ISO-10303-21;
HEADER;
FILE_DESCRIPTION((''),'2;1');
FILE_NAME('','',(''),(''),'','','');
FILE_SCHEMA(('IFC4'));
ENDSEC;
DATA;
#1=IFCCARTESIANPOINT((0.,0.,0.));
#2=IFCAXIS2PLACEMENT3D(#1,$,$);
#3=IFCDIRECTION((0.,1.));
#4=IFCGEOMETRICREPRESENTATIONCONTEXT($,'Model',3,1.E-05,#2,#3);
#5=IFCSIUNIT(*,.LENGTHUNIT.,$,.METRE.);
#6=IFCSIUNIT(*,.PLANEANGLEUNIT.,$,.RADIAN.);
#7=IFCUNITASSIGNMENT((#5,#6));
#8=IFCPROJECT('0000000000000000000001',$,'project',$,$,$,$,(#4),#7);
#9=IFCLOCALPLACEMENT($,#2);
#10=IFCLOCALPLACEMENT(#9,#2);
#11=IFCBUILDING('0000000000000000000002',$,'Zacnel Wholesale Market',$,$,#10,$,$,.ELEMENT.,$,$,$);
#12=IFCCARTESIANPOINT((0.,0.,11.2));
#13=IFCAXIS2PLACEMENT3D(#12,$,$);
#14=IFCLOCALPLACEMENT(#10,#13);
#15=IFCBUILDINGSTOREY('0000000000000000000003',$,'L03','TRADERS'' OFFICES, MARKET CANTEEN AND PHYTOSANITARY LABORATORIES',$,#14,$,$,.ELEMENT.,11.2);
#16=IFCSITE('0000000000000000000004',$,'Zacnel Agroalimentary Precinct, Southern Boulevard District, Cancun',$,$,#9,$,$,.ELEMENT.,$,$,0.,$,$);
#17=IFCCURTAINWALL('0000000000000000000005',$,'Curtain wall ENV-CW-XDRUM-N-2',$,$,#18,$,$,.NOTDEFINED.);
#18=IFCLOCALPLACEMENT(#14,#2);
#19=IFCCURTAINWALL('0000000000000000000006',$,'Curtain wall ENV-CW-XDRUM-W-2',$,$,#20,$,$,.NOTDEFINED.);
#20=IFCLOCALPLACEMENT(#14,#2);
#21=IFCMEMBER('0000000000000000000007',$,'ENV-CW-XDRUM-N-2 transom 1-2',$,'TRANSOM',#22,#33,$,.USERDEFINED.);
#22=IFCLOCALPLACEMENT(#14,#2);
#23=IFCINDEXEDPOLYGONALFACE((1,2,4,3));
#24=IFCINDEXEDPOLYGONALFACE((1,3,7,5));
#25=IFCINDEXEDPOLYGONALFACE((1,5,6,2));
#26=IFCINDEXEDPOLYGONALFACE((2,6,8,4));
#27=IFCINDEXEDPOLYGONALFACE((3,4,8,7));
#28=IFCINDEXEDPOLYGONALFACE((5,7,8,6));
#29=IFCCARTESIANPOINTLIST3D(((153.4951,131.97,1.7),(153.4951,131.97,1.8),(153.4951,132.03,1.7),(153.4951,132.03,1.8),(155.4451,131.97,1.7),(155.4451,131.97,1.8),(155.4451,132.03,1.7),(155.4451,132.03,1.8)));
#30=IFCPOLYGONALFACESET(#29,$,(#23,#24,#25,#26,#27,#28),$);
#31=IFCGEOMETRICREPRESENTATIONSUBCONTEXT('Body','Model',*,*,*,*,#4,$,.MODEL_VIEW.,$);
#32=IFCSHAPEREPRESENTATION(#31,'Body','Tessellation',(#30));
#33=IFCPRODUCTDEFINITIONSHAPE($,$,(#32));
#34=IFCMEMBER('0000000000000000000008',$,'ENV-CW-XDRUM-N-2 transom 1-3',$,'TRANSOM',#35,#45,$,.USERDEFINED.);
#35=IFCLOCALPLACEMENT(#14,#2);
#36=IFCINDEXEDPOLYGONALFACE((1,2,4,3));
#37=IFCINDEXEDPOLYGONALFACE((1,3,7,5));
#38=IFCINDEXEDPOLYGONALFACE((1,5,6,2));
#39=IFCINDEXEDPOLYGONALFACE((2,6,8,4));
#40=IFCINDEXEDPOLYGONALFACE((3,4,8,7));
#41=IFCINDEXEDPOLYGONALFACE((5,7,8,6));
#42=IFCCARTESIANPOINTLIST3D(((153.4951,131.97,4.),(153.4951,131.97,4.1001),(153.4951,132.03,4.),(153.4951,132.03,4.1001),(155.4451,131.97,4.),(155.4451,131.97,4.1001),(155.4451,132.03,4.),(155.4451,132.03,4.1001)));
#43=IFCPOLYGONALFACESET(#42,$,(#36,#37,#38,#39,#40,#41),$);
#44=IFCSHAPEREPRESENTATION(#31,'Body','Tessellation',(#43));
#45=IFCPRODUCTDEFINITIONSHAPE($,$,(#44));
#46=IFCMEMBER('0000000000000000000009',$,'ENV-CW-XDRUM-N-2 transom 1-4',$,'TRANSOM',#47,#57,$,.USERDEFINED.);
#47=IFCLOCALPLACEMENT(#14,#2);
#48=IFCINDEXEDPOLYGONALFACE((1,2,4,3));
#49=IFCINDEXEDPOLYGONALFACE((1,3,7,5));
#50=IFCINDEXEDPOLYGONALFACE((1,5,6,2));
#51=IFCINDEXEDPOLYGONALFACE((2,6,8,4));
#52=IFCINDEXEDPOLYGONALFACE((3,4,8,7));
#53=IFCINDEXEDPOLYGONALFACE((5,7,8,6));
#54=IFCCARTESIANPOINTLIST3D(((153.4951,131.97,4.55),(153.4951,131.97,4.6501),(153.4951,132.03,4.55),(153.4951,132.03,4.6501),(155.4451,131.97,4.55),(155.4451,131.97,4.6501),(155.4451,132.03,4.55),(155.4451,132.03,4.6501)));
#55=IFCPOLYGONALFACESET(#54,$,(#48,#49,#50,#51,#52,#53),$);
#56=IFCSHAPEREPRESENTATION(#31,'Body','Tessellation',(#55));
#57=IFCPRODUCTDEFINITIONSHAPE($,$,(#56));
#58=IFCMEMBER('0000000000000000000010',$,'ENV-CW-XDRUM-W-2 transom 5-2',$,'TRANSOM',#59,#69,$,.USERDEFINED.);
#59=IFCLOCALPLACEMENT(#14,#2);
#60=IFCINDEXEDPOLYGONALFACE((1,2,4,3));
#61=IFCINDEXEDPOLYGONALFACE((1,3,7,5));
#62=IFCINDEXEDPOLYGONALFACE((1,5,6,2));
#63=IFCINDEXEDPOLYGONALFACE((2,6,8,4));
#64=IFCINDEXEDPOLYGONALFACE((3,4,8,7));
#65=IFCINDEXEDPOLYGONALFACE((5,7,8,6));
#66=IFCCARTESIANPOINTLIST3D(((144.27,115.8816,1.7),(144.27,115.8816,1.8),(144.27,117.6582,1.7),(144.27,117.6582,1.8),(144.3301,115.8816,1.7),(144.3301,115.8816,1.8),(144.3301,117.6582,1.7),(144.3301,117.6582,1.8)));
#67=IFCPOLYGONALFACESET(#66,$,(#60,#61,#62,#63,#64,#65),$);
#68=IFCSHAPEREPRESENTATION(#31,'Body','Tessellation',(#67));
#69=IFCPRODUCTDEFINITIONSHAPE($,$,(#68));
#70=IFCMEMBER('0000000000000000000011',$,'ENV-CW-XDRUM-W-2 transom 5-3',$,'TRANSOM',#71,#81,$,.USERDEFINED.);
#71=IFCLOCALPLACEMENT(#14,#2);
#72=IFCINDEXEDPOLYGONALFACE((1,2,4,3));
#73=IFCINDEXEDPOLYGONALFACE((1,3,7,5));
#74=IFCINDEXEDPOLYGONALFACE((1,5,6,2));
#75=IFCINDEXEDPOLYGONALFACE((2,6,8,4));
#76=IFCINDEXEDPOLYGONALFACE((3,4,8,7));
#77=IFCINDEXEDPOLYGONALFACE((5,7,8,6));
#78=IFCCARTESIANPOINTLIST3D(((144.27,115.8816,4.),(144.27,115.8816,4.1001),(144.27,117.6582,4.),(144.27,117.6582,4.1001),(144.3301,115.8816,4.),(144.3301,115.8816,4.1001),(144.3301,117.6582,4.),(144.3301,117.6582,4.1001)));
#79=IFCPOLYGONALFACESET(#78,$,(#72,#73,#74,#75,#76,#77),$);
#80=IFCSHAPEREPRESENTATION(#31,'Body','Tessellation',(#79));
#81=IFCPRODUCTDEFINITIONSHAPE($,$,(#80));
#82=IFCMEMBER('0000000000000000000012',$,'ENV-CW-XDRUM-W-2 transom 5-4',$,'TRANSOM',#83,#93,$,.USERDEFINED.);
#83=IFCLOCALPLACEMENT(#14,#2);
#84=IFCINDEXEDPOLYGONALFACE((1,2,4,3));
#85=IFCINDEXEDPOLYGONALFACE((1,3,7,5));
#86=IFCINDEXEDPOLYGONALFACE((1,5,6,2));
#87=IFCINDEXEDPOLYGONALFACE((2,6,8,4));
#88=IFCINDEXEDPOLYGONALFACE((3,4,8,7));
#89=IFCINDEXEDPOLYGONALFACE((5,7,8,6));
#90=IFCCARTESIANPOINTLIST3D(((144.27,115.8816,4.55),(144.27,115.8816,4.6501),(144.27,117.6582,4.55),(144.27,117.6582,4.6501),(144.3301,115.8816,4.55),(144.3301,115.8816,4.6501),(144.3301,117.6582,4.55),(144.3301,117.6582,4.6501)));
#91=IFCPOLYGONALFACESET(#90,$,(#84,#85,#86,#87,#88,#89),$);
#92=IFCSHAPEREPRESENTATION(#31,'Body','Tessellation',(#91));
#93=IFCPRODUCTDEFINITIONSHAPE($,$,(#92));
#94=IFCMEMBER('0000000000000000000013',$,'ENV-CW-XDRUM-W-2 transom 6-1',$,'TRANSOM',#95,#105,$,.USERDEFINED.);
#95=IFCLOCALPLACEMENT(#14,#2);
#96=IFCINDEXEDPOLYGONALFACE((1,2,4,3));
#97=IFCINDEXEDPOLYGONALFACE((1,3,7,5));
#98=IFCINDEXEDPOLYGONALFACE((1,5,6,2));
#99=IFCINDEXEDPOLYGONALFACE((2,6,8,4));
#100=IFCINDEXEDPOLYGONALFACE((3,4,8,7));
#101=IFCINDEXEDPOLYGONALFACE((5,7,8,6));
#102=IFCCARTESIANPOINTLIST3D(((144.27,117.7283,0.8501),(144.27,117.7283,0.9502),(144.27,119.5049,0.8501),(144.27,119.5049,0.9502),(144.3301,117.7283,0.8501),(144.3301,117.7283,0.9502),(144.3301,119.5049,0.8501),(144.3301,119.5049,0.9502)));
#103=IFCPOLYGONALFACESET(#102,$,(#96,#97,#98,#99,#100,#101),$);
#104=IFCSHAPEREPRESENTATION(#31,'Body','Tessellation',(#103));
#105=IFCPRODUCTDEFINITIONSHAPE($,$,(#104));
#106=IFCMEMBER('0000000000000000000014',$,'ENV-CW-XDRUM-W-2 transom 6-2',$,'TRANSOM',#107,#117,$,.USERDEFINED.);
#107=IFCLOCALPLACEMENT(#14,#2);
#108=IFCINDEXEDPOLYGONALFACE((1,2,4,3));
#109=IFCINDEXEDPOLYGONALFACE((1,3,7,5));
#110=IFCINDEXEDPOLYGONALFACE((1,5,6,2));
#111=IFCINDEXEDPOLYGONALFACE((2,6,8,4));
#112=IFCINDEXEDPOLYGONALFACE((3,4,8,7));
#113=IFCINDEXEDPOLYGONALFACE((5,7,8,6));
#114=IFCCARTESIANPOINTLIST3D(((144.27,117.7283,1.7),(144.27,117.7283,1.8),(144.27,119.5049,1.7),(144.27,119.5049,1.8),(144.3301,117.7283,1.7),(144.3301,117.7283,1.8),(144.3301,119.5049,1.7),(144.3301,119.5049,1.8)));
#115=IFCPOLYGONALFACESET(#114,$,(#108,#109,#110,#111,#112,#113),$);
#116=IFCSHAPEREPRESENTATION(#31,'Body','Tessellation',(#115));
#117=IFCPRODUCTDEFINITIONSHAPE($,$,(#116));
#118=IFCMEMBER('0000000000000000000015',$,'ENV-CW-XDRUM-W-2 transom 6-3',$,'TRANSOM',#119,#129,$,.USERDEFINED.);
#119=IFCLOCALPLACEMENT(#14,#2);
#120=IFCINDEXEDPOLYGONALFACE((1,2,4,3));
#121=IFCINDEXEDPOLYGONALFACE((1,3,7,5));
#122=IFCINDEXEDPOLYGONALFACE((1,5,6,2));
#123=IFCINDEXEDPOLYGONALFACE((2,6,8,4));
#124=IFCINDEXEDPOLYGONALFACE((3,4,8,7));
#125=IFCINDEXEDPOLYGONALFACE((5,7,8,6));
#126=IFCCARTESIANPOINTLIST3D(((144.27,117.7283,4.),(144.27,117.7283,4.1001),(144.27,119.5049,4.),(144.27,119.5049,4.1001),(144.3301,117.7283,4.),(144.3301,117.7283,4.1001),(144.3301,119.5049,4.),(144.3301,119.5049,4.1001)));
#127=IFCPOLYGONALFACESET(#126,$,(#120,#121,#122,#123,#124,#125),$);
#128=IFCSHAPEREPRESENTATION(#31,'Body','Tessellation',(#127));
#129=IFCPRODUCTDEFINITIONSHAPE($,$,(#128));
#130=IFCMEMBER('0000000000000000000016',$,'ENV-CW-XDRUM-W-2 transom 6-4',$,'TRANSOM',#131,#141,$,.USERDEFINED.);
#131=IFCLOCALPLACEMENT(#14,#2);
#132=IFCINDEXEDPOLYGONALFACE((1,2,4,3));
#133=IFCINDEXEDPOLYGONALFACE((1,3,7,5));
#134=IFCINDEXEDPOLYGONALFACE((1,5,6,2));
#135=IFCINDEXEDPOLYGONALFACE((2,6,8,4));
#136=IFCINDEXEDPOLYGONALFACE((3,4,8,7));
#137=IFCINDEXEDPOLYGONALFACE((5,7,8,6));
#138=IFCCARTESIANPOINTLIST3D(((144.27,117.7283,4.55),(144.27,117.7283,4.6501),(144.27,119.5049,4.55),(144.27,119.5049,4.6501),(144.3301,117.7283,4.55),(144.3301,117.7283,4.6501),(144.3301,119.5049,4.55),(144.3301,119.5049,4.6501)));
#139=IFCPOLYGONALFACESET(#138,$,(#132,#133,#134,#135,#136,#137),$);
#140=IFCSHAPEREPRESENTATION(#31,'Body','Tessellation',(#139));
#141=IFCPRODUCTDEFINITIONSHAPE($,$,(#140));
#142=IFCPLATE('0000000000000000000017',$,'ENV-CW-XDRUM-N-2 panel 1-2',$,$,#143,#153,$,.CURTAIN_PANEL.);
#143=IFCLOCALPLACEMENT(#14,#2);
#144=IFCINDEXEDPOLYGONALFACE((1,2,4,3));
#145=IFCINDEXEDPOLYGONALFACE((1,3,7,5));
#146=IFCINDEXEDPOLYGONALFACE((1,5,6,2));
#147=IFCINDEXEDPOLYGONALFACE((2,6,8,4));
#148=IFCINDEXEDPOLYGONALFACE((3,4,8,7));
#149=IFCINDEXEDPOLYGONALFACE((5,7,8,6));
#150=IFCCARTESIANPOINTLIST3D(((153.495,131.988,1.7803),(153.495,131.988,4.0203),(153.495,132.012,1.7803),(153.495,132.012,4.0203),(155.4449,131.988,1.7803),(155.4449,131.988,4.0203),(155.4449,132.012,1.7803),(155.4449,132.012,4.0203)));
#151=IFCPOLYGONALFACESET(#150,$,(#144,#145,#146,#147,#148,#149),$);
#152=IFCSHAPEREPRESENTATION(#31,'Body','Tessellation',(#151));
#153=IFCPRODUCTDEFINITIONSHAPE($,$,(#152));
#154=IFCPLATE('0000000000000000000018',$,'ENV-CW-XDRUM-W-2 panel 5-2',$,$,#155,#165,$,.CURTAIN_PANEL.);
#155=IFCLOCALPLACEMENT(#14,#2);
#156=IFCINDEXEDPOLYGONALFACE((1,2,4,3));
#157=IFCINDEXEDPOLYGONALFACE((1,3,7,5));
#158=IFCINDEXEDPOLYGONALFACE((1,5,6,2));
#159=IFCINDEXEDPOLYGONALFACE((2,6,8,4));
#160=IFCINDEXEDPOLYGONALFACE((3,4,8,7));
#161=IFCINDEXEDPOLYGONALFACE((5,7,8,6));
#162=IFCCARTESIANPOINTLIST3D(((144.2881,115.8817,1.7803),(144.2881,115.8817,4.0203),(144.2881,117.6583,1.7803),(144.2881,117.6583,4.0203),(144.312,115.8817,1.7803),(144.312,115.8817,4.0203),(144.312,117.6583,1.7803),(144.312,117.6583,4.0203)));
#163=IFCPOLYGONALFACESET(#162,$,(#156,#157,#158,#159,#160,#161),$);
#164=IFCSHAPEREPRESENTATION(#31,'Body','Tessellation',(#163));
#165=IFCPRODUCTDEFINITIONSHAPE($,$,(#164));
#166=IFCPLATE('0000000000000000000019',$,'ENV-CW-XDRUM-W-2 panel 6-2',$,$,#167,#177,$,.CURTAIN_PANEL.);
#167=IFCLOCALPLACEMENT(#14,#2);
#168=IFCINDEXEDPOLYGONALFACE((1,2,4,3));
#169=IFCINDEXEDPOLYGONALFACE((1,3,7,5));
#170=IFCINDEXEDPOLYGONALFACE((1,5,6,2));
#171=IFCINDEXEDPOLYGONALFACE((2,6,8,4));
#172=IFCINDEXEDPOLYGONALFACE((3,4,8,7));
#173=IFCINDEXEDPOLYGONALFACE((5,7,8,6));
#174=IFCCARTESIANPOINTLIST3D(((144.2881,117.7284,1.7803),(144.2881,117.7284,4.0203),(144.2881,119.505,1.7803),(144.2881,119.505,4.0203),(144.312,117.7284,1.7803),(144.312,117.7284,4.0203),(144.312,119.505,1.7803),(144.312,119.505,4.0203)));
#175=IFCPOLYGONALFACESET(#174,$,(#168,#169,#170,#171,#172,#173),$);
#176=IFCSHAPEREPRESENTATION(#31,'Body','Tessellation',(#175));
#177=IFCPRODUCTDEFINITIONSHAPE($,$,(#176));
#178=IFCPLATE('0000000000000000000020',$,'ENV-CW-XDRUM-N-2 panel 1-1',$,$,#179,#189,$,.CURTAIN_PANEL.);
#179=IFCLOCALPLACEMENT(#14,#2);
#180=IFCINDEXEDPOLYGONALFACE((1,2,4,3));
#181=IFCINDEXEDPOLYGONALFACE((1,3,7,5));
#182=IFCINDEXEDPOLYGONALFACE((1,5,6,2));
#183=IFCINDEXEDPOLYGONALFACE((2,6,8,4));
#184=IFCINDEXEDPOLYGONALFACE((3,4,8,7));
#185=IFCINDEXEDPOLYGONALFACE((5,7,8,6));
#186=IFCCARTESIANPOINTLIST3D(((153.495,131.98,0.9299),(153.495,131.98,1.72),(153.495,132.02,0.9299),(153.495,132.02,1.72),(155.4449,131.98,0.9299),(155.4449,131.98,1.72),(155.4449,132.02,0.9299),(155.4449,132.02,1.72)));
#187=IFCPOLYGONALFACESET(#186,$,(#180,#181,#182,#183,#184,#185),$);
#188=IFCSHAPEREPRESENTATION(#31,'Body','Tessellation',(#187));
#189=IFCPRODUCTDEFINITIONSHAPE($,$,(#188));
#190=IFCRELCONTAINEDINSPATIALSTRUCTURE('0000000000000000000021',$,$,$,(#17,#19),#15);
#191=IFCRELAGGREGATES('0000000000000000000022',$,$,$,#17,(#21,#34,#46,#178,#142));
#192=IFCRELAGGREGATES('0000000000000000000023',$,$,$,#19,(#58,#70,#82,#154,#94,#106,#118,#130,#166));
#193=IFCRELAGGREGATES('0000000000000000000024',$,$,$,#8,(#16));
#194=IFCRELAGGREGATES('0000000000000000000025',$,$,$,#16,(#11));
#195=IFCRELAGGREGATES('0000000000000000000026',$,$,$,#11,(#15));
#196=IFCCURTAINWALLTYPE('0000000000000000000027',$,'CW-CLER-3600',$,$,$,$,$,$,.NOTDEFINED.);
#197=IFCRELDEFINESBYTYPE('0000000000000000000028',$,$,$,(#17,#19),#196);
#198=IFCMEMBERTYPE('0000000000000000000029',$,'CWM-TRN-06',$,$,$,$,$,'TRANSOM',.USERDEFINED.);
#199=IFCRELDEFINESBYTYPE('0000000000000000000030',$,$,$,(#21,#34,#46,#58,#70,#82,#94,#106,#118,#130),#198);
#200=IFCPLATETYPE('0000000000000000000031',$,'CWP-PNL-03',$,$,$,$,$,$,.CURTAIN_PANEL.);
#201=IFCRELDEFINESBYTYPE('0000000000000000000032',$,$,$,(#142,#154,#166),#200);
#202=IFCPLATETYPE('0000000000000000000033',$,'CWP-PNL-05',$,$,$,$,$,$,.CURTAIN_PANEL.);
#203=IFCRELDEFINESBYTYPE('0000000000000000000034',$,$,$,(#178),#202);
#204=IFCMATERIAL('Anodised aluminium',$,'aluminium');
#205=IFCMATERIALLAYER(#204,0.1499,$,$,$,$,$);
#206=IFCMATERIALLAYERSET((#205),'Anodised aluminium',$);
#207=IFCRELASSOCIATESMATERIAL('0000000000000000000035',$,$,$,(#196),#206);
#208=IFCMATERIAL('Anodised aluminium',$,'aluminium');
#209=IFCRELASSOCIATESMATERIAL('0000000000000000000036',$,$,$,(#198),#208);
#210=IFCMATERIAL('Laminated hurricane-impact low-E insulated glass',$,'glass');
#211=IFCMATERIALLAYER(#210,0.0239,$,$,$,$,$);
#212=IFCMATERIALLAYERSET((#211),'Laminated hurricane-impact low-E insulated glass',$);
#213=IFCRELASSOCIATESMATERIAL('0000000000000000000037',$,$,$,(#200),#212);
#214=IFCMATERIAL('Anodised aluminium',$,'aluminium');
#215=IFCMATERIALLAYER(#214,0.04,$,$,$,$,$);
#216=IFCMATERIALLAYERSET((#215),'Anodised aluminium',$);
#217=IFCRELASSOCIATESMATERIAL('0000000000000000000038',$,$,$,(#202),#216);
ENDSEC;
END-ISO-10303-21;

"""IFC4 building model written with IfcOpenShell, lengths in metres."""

from ifc_helpers import new_model, si_unit, direction, frame, origin, origin_2d, place, context, subcontext, project, spatial, rectangle, extrude, material, layer, layer_set, material_profile, profile_set, type_object, element, aggregate, save


model = new_model("IFC4")

# Units and contexts
model_context = context("Model", 3, precision=1e-05, world=origin(), true_north=direction((0.0, 1.0)))
body_context = subcontext(model_context, "Body", "Model", "MODEL_VIEW")
ifc_project = project(units=[si_unit("LENGTHUNIT", "METRE"), si_unit("PLANEANGLEUNIT", "RADIAN")], contexts=[model_context])

# Site, building, storey
site_placement = place(None, origin())
site = spatial("IfcSite", under=ifc_project, at=site_placement, Name="Zacnel Agroalimentary Precinct, Southern Boulevard District, Cancun", CompositionType="ELEMENT", RefElevation=0.0)
building_placement = place(site_placement, origin())
building = spatial("IfcBuilding", under=site, at=building_placement, Name="Zacnel Wholesale Market", CompositionType="ELEMENT")
storey_placement = place(building_placement, frame((0.0, 0.0, 11.2)))
storey = spatial("IfcBuildingStorey", under=building, at=storey_placement, Name="L03", Description="TRADERS' OFFICES, MARKET CANTEEN AND PHYTOSANITARY LABORATORIES", CompositionType="ELEMENT", Elevation=11.2)

# Curtain wall
ifc_material_1 = material(Name="Anodised aluminium", Category="aluminium")
ifc_layer_1 = layer(ifc_material_1, 0.1499)
ifc_layer_set_1 = layer_set([ifc_layer_1], Name="Anodised aluminium")
curtain_wall_type = type_object("IfcCurtainWallType", Name="CW-CLER-3600", PredefinedType="NOTDEFINED", material=ifc_layer_set_1)
curtain_wall_1_placement = place(storey_placement, origin())
curtain_wall_1 = element("IfcCurtainWall", 1, at=curtain_wall_1_placement, inside=storey, type_object=curtain_wall_type, Name="Curtain wall ENV-CW-XDRUM-N-2", PredefinedType="NOTDEFINED")

# Curtain wall
curtain_wall_2_placement = place(storey_placement, origin())
curtain_wall_2 = element("IfcCurtainWall", 2, at=curtain_wall_2_placement, inside=storey, type_object=curtain_wall_type, Name="Curtain wall ENV-CW-XDRUM-W-2", PredefinedType="NOTDEFINED")

# Members
ifc_material_2 = material(Name="Anodised aluminium", Category="aluminium")
ifc_material_profile_1 = material_profile(ifc_material_2, rectangle(XDim=0.0601, YDim=0.1001, at=origin_2d()), Name="AW-TRANSOM 60x100")
ifc_profile_set_1 = profile_set([ifc_material_profile_1], Name="Anodised aluminium")
member_type_1 = type_object("IfcMemberType", Name="CWM-TRN-06", ElementType="TRANSOM", PredefinedType="USERDEFINED", material=ifc_profile_set_1)
member_1_placement = place(storey_placement, frame((153.4951, 132.0, 1.75), z_axis=(1.0, 0.0, 0.0), x_axis=(0.0, 1.0, 0.0)))
member_1 = element("IfcMember", 3, at=member_1_placement, type_object=member_type_1, Name="ENV-CW-XDRUM-N-2 transom 1-2", ObjectType="TRANSOM", PredefinedType="USERDEFINED", context=body_context, shape_type="SweptSolid", body=[
    extrude(rectangle(XDim=0.0601, YDim=0.1001, at=origin_2d()), origin(), (0.0, 0.0, 1.0), 1.95),
])
member_2_placement = place(storey_placement, frame((153.4951, 132.0, 4.05), z_axis=(1.0, 0.0, 0.0), x_axis=(0.0, 1.0, 0.0)))
member_2 = element("IfcMember", 4, at=member_2_placement, type_object=member_type_1, Name="ENV-CW-XDRUM-N-2 transom 1-3", ObjectType="TRANSOM", PredefinedType="USERDEFINED", context=body_context, shape_type="SweptSolid", body=[
    extrude(rectangle(XDim=0.0601, YDim=0.1001, at=origin_2d()), origin(), (0.0, 0.0, 1.0), 1.95),
])
member_3_placement = place(storey_placement, frame((153.4951, 132.0, 4.6001), z_axis=(1.0, 0.0, 0.0), x_axis=(0.0, 1.0, 0.0)))
member_3 = element("IfcMember", 5, at=member_3_placement, type_object=member_type_1, Name="ENV-CW-XDRUM-N-2 transom 1-4", ObjectType="TRANSOM", PredefinedType="USERDEFINED", context=body_context, shape_type="SweptSolid", body=[
    extrude(rectangle(XDim=0.0601, YDim=0.1001, at=origin_2d()), origin(), (0.0, 0.0, 1.0), 1.95),
])
member_4_placement = place(storey_placement, frame((144.3, 115.8816, 1.75), z_axis=(0.0, 1.0, 0.0), x_axis=(-1.0, 0.0, 0.0)))
member_4 = element("IfcMember", 6, at=member_4_placement, type_object=member_type_1, Name="ENV-CW-XDRUM-W-2 transom 5-2", ObjectType="TRANSOM", PredefinedType="USERDEFINED", context=body_context, shape_type="SweptSolid", body=[
    extrude(rectangle(XDim=0.0601, YDim=0.1001, at=origin_2d()), origin(), (0.0, 0.0, 1.0), 1.7766),
])
member_5_placement = place(storey_placement, frame((144.3, 115.8816, 4.05), z_axis=(0.0, 1.0, 0.0), x_axis=(-1.0, 0.0, 0.0)))
member_5 = element("IfcMember", 7, at=member_5_placement, type_object=member_type_1, Name="ENV-CW-XDRUM-W-2 transom 5-3", ObjectType="TRANSOM", PredefinedType="USERDEFINED", context=body_context, shape_type="SweptSolid", body=[
    extrude(rectangle(XDim=0.0601, YDim=0.1001, at=origin_2d()), origin(), (0.0, 0.0, 1.0), 1.7766),
])
member_6_placement = place(storey_placement, frame((144.3, 115.8816, 4.6001), z_axis=(0.0, 1.0, 0.0), x_axis=(-1.0, 0.0, 0.0)))
member_6 = element("IfcMember", 8, at=member_6_placement, type_object=member_type_1, Name="ENV-CW-XDRUM-W-2 transom 5-4", ObjectType="TRANSOM", PredefinedType="USERDEFINED", context=body_context, shape_type="SweptSolid", body=[
    extrude(rectangle(XDim=0.0601, YDim=0.1001, at=origin_2d()), origin(), (0.0, 0.0, 1.0), 1.7766),
])
member_7_placement = place(storey_placement, frame((144.3, 117.7283, 0.9001), z_axis=(0.0, 1.0, 0.0), x_axis=(-1.0, 0.0, 0.0)))
member_7 = element("IfcMember", 9, at=member_7_placement, type_object=member_type_1, Name="ENV-CW-XDRUM-W-2 transom 6-1", ObjectType="TRANSOM", PredefinedType="USERDEFINED", context=body_context, shape_type="SweptSolid", body=[
    extrude(rectangle(XDim=0.0601, YDim=0.1001, at=origin_2d()), origin(), (0.0, 0.0, 1.0), 1.7766),
])
member_8_placement = place(storey_placement, frame((144.3, 117.7283, 1.75), z_axis=(0.0, 1.0, 0.0), x_axis=(-1.0, 0.0, 0.0)))
member_8 = element("IfcMember", 10, at=member_8_placement, type_object=member_type_1, Name="ENV-CW-XDRUM-W-2 transom 6-2", ObjectType="TRANSOM", PredefinedType="USERDEFINED", context=body_context, shape_type="SweptSolid", body=[
    extrude(rectangle(XDim=0.0601, YDim=0.1001, at=origin_2d()), origin(), (0.0, 0.0, 1.0), 1.7766),
])
member_9_placement = place(storey_placement, frame((144.3, 117.7283, 4.05), z_axis=(0.0, 1.0, 0.0), x_axis=(-1.0, 0.0, 0.0)))
member_9 = element("IfcMember", 11, at=member_9_placement, type_object=member_type_1, Name="ENV-CW-XDRUM-W-2 transom 6-3", ObjectType="TRANSOM", PredefinedType="USERDEFINED", context=body_context, shape_type="SweptSolid", body=[
    extrude(rectangle(XDim=0.0601, YDim=0.1001, at=origin_2d()), origin(), (0.0, 0.0, 1.0), 1.7766),
])
member_10_placement = place(storey_placement, frame((144.3, 117.7283, 4.6001), z_axis=(0.0, 1.0, 0.0), x_axis=(-1.0, 0.0, 0.0)))
member_10 = element("IfcMember", 12, at=member_10_placement, type_object=member_type_1, Name="ENV-CW-XDRUM-W-2 transom 6-4", ObjectType="TRANSOM", PredefinedType="USERDEFINED", context=body_context, shape_type="SweptSolid", body=[
    extrude(rectangle(XDim=0.0601, YDim=0.1001, at=origin_2d()), origin(), (0.0, 0.0, 1.0), 1.7766),
])

# Plates
ifc_material_3 = material(Name="Laminated hurricane-impact low-E insulated glass", Category="glass")
ifc_layer_2 = layer(ifc_material_3, 0.0239)
ifc_layer_set_2 = layer_set([ifc_layer_2], Name="Laminated hurricane-impact low-E insulated glass")
plate_type_1 = type_object("IfcPlateType", Name="CWP-PNL-03", PredefinedType="CURTAIN_PANEL", material=ifc_layer_set_2)
plate_1_placement = place(storey_placement, frame((154.47, 132.0, 1.7803), z_axis=(0.0, 0.0, 1.0), x_axis=(1.0, 0.0, 0.0)))
plate_1 = element("IfcPlate", 13, at=plate_1_placement, type_object=plate_type_1, Name="ENV-CW-XDRUM-N-2 panel 1-2", PredefinedType="CURTAIN_PANEL", context=body_context, shape_type="SweptSolid", body=[
    extrude(rectangle(XDim=1.95, YDim=0.0239, at=origin_2d()), origin(), (0.0, 0.0, 1.0), 2.24),
])
plate_2_placement = place(storey_placement, frame((144.3, 116.77, 1.7803), z_axis=(0.0, 0.0, 1.0), x_axis=(0.0, 1.0, 0.0)))
plate_2 = element("IfcPlate", 14, at=plate_2_placement, type_object=plate_type_1, Name="ENV-CW-XDRUM-W-2 panel 5-2", PredefinedType="CURTAIN_PANEL", context=body_context, shape_type="SweptSolid", body=[
    extrude(rectangle(XDim=1.7766, YDim=0.0239, at=origin_2d()), origin(), (0.0, 0.0, 1.0), 2.24),
])
plate_3_placement = place(storey_placement, frame((144.3, 118.6167, 1.7803), z_axis=(0.0, 0.0, 1.0), x_axis=(0.0, 1.0, 0.0)))
plate_3 = element("IfcPlate", 15, at=plate_3_placement, type_object=plate_type_1, Name="ENV-CW-XDRUM-W-2 panel 6-2", PredefinedType="CURTAIN_PANEL", context=body_context, shape_type="SweptSolid", body=[
    extrude(rectangle(XDim=1.7766, YDim=0.0239, at=origin_2d()), origin(), (0.0, 0.0, 1.0), 2.24),
])
ifc_material_4 = material(Name="Anodised aluminium", Category="aluminium")
ifc_layer_3 = layer(ifc_material_4, 0.04)
ifc_layer_set_3 = layer_set([ifc_layer_3], Name="Anodised aluminium")
plate_type_2 = type_object("IfcPlateType", Name="CWP-PNL-05", PredefinedType="CURTAIN_PANEL", material=ifc_layer_set_3)
plate_4_placement = place(storey_placement, frame((154.47, 132.0, 0.9299), z_axis=(0.0, 0.0, 1.0), x_axis=(1.0, 0.0, 0.0)))
plate_4 = element("IfcPlate", 16, at=plate_4_placement, type_object=plate_type_2, Name="ENV-CW-XDRUM-N-2 panel 1-1", PredefinedType="CURTAIN_PANEL", context=body_context, shape_type="SweptSolid", body=[
    extrude(rectangle(XDim=1.95, YDim=0.04, at=origin_2d()), origin(), (0.0, 0.0, 1.0), 0.79),
])
aggregate(curtain_wall_1, [member_1, member_2, member_3, plate_4, plate_1])
aggregate(curtain_wall_2, [member_4, member_5, member_6, plate_2, member_7, member_8, member_9, member_10, plate_3])

save(model, "model.ifc")
